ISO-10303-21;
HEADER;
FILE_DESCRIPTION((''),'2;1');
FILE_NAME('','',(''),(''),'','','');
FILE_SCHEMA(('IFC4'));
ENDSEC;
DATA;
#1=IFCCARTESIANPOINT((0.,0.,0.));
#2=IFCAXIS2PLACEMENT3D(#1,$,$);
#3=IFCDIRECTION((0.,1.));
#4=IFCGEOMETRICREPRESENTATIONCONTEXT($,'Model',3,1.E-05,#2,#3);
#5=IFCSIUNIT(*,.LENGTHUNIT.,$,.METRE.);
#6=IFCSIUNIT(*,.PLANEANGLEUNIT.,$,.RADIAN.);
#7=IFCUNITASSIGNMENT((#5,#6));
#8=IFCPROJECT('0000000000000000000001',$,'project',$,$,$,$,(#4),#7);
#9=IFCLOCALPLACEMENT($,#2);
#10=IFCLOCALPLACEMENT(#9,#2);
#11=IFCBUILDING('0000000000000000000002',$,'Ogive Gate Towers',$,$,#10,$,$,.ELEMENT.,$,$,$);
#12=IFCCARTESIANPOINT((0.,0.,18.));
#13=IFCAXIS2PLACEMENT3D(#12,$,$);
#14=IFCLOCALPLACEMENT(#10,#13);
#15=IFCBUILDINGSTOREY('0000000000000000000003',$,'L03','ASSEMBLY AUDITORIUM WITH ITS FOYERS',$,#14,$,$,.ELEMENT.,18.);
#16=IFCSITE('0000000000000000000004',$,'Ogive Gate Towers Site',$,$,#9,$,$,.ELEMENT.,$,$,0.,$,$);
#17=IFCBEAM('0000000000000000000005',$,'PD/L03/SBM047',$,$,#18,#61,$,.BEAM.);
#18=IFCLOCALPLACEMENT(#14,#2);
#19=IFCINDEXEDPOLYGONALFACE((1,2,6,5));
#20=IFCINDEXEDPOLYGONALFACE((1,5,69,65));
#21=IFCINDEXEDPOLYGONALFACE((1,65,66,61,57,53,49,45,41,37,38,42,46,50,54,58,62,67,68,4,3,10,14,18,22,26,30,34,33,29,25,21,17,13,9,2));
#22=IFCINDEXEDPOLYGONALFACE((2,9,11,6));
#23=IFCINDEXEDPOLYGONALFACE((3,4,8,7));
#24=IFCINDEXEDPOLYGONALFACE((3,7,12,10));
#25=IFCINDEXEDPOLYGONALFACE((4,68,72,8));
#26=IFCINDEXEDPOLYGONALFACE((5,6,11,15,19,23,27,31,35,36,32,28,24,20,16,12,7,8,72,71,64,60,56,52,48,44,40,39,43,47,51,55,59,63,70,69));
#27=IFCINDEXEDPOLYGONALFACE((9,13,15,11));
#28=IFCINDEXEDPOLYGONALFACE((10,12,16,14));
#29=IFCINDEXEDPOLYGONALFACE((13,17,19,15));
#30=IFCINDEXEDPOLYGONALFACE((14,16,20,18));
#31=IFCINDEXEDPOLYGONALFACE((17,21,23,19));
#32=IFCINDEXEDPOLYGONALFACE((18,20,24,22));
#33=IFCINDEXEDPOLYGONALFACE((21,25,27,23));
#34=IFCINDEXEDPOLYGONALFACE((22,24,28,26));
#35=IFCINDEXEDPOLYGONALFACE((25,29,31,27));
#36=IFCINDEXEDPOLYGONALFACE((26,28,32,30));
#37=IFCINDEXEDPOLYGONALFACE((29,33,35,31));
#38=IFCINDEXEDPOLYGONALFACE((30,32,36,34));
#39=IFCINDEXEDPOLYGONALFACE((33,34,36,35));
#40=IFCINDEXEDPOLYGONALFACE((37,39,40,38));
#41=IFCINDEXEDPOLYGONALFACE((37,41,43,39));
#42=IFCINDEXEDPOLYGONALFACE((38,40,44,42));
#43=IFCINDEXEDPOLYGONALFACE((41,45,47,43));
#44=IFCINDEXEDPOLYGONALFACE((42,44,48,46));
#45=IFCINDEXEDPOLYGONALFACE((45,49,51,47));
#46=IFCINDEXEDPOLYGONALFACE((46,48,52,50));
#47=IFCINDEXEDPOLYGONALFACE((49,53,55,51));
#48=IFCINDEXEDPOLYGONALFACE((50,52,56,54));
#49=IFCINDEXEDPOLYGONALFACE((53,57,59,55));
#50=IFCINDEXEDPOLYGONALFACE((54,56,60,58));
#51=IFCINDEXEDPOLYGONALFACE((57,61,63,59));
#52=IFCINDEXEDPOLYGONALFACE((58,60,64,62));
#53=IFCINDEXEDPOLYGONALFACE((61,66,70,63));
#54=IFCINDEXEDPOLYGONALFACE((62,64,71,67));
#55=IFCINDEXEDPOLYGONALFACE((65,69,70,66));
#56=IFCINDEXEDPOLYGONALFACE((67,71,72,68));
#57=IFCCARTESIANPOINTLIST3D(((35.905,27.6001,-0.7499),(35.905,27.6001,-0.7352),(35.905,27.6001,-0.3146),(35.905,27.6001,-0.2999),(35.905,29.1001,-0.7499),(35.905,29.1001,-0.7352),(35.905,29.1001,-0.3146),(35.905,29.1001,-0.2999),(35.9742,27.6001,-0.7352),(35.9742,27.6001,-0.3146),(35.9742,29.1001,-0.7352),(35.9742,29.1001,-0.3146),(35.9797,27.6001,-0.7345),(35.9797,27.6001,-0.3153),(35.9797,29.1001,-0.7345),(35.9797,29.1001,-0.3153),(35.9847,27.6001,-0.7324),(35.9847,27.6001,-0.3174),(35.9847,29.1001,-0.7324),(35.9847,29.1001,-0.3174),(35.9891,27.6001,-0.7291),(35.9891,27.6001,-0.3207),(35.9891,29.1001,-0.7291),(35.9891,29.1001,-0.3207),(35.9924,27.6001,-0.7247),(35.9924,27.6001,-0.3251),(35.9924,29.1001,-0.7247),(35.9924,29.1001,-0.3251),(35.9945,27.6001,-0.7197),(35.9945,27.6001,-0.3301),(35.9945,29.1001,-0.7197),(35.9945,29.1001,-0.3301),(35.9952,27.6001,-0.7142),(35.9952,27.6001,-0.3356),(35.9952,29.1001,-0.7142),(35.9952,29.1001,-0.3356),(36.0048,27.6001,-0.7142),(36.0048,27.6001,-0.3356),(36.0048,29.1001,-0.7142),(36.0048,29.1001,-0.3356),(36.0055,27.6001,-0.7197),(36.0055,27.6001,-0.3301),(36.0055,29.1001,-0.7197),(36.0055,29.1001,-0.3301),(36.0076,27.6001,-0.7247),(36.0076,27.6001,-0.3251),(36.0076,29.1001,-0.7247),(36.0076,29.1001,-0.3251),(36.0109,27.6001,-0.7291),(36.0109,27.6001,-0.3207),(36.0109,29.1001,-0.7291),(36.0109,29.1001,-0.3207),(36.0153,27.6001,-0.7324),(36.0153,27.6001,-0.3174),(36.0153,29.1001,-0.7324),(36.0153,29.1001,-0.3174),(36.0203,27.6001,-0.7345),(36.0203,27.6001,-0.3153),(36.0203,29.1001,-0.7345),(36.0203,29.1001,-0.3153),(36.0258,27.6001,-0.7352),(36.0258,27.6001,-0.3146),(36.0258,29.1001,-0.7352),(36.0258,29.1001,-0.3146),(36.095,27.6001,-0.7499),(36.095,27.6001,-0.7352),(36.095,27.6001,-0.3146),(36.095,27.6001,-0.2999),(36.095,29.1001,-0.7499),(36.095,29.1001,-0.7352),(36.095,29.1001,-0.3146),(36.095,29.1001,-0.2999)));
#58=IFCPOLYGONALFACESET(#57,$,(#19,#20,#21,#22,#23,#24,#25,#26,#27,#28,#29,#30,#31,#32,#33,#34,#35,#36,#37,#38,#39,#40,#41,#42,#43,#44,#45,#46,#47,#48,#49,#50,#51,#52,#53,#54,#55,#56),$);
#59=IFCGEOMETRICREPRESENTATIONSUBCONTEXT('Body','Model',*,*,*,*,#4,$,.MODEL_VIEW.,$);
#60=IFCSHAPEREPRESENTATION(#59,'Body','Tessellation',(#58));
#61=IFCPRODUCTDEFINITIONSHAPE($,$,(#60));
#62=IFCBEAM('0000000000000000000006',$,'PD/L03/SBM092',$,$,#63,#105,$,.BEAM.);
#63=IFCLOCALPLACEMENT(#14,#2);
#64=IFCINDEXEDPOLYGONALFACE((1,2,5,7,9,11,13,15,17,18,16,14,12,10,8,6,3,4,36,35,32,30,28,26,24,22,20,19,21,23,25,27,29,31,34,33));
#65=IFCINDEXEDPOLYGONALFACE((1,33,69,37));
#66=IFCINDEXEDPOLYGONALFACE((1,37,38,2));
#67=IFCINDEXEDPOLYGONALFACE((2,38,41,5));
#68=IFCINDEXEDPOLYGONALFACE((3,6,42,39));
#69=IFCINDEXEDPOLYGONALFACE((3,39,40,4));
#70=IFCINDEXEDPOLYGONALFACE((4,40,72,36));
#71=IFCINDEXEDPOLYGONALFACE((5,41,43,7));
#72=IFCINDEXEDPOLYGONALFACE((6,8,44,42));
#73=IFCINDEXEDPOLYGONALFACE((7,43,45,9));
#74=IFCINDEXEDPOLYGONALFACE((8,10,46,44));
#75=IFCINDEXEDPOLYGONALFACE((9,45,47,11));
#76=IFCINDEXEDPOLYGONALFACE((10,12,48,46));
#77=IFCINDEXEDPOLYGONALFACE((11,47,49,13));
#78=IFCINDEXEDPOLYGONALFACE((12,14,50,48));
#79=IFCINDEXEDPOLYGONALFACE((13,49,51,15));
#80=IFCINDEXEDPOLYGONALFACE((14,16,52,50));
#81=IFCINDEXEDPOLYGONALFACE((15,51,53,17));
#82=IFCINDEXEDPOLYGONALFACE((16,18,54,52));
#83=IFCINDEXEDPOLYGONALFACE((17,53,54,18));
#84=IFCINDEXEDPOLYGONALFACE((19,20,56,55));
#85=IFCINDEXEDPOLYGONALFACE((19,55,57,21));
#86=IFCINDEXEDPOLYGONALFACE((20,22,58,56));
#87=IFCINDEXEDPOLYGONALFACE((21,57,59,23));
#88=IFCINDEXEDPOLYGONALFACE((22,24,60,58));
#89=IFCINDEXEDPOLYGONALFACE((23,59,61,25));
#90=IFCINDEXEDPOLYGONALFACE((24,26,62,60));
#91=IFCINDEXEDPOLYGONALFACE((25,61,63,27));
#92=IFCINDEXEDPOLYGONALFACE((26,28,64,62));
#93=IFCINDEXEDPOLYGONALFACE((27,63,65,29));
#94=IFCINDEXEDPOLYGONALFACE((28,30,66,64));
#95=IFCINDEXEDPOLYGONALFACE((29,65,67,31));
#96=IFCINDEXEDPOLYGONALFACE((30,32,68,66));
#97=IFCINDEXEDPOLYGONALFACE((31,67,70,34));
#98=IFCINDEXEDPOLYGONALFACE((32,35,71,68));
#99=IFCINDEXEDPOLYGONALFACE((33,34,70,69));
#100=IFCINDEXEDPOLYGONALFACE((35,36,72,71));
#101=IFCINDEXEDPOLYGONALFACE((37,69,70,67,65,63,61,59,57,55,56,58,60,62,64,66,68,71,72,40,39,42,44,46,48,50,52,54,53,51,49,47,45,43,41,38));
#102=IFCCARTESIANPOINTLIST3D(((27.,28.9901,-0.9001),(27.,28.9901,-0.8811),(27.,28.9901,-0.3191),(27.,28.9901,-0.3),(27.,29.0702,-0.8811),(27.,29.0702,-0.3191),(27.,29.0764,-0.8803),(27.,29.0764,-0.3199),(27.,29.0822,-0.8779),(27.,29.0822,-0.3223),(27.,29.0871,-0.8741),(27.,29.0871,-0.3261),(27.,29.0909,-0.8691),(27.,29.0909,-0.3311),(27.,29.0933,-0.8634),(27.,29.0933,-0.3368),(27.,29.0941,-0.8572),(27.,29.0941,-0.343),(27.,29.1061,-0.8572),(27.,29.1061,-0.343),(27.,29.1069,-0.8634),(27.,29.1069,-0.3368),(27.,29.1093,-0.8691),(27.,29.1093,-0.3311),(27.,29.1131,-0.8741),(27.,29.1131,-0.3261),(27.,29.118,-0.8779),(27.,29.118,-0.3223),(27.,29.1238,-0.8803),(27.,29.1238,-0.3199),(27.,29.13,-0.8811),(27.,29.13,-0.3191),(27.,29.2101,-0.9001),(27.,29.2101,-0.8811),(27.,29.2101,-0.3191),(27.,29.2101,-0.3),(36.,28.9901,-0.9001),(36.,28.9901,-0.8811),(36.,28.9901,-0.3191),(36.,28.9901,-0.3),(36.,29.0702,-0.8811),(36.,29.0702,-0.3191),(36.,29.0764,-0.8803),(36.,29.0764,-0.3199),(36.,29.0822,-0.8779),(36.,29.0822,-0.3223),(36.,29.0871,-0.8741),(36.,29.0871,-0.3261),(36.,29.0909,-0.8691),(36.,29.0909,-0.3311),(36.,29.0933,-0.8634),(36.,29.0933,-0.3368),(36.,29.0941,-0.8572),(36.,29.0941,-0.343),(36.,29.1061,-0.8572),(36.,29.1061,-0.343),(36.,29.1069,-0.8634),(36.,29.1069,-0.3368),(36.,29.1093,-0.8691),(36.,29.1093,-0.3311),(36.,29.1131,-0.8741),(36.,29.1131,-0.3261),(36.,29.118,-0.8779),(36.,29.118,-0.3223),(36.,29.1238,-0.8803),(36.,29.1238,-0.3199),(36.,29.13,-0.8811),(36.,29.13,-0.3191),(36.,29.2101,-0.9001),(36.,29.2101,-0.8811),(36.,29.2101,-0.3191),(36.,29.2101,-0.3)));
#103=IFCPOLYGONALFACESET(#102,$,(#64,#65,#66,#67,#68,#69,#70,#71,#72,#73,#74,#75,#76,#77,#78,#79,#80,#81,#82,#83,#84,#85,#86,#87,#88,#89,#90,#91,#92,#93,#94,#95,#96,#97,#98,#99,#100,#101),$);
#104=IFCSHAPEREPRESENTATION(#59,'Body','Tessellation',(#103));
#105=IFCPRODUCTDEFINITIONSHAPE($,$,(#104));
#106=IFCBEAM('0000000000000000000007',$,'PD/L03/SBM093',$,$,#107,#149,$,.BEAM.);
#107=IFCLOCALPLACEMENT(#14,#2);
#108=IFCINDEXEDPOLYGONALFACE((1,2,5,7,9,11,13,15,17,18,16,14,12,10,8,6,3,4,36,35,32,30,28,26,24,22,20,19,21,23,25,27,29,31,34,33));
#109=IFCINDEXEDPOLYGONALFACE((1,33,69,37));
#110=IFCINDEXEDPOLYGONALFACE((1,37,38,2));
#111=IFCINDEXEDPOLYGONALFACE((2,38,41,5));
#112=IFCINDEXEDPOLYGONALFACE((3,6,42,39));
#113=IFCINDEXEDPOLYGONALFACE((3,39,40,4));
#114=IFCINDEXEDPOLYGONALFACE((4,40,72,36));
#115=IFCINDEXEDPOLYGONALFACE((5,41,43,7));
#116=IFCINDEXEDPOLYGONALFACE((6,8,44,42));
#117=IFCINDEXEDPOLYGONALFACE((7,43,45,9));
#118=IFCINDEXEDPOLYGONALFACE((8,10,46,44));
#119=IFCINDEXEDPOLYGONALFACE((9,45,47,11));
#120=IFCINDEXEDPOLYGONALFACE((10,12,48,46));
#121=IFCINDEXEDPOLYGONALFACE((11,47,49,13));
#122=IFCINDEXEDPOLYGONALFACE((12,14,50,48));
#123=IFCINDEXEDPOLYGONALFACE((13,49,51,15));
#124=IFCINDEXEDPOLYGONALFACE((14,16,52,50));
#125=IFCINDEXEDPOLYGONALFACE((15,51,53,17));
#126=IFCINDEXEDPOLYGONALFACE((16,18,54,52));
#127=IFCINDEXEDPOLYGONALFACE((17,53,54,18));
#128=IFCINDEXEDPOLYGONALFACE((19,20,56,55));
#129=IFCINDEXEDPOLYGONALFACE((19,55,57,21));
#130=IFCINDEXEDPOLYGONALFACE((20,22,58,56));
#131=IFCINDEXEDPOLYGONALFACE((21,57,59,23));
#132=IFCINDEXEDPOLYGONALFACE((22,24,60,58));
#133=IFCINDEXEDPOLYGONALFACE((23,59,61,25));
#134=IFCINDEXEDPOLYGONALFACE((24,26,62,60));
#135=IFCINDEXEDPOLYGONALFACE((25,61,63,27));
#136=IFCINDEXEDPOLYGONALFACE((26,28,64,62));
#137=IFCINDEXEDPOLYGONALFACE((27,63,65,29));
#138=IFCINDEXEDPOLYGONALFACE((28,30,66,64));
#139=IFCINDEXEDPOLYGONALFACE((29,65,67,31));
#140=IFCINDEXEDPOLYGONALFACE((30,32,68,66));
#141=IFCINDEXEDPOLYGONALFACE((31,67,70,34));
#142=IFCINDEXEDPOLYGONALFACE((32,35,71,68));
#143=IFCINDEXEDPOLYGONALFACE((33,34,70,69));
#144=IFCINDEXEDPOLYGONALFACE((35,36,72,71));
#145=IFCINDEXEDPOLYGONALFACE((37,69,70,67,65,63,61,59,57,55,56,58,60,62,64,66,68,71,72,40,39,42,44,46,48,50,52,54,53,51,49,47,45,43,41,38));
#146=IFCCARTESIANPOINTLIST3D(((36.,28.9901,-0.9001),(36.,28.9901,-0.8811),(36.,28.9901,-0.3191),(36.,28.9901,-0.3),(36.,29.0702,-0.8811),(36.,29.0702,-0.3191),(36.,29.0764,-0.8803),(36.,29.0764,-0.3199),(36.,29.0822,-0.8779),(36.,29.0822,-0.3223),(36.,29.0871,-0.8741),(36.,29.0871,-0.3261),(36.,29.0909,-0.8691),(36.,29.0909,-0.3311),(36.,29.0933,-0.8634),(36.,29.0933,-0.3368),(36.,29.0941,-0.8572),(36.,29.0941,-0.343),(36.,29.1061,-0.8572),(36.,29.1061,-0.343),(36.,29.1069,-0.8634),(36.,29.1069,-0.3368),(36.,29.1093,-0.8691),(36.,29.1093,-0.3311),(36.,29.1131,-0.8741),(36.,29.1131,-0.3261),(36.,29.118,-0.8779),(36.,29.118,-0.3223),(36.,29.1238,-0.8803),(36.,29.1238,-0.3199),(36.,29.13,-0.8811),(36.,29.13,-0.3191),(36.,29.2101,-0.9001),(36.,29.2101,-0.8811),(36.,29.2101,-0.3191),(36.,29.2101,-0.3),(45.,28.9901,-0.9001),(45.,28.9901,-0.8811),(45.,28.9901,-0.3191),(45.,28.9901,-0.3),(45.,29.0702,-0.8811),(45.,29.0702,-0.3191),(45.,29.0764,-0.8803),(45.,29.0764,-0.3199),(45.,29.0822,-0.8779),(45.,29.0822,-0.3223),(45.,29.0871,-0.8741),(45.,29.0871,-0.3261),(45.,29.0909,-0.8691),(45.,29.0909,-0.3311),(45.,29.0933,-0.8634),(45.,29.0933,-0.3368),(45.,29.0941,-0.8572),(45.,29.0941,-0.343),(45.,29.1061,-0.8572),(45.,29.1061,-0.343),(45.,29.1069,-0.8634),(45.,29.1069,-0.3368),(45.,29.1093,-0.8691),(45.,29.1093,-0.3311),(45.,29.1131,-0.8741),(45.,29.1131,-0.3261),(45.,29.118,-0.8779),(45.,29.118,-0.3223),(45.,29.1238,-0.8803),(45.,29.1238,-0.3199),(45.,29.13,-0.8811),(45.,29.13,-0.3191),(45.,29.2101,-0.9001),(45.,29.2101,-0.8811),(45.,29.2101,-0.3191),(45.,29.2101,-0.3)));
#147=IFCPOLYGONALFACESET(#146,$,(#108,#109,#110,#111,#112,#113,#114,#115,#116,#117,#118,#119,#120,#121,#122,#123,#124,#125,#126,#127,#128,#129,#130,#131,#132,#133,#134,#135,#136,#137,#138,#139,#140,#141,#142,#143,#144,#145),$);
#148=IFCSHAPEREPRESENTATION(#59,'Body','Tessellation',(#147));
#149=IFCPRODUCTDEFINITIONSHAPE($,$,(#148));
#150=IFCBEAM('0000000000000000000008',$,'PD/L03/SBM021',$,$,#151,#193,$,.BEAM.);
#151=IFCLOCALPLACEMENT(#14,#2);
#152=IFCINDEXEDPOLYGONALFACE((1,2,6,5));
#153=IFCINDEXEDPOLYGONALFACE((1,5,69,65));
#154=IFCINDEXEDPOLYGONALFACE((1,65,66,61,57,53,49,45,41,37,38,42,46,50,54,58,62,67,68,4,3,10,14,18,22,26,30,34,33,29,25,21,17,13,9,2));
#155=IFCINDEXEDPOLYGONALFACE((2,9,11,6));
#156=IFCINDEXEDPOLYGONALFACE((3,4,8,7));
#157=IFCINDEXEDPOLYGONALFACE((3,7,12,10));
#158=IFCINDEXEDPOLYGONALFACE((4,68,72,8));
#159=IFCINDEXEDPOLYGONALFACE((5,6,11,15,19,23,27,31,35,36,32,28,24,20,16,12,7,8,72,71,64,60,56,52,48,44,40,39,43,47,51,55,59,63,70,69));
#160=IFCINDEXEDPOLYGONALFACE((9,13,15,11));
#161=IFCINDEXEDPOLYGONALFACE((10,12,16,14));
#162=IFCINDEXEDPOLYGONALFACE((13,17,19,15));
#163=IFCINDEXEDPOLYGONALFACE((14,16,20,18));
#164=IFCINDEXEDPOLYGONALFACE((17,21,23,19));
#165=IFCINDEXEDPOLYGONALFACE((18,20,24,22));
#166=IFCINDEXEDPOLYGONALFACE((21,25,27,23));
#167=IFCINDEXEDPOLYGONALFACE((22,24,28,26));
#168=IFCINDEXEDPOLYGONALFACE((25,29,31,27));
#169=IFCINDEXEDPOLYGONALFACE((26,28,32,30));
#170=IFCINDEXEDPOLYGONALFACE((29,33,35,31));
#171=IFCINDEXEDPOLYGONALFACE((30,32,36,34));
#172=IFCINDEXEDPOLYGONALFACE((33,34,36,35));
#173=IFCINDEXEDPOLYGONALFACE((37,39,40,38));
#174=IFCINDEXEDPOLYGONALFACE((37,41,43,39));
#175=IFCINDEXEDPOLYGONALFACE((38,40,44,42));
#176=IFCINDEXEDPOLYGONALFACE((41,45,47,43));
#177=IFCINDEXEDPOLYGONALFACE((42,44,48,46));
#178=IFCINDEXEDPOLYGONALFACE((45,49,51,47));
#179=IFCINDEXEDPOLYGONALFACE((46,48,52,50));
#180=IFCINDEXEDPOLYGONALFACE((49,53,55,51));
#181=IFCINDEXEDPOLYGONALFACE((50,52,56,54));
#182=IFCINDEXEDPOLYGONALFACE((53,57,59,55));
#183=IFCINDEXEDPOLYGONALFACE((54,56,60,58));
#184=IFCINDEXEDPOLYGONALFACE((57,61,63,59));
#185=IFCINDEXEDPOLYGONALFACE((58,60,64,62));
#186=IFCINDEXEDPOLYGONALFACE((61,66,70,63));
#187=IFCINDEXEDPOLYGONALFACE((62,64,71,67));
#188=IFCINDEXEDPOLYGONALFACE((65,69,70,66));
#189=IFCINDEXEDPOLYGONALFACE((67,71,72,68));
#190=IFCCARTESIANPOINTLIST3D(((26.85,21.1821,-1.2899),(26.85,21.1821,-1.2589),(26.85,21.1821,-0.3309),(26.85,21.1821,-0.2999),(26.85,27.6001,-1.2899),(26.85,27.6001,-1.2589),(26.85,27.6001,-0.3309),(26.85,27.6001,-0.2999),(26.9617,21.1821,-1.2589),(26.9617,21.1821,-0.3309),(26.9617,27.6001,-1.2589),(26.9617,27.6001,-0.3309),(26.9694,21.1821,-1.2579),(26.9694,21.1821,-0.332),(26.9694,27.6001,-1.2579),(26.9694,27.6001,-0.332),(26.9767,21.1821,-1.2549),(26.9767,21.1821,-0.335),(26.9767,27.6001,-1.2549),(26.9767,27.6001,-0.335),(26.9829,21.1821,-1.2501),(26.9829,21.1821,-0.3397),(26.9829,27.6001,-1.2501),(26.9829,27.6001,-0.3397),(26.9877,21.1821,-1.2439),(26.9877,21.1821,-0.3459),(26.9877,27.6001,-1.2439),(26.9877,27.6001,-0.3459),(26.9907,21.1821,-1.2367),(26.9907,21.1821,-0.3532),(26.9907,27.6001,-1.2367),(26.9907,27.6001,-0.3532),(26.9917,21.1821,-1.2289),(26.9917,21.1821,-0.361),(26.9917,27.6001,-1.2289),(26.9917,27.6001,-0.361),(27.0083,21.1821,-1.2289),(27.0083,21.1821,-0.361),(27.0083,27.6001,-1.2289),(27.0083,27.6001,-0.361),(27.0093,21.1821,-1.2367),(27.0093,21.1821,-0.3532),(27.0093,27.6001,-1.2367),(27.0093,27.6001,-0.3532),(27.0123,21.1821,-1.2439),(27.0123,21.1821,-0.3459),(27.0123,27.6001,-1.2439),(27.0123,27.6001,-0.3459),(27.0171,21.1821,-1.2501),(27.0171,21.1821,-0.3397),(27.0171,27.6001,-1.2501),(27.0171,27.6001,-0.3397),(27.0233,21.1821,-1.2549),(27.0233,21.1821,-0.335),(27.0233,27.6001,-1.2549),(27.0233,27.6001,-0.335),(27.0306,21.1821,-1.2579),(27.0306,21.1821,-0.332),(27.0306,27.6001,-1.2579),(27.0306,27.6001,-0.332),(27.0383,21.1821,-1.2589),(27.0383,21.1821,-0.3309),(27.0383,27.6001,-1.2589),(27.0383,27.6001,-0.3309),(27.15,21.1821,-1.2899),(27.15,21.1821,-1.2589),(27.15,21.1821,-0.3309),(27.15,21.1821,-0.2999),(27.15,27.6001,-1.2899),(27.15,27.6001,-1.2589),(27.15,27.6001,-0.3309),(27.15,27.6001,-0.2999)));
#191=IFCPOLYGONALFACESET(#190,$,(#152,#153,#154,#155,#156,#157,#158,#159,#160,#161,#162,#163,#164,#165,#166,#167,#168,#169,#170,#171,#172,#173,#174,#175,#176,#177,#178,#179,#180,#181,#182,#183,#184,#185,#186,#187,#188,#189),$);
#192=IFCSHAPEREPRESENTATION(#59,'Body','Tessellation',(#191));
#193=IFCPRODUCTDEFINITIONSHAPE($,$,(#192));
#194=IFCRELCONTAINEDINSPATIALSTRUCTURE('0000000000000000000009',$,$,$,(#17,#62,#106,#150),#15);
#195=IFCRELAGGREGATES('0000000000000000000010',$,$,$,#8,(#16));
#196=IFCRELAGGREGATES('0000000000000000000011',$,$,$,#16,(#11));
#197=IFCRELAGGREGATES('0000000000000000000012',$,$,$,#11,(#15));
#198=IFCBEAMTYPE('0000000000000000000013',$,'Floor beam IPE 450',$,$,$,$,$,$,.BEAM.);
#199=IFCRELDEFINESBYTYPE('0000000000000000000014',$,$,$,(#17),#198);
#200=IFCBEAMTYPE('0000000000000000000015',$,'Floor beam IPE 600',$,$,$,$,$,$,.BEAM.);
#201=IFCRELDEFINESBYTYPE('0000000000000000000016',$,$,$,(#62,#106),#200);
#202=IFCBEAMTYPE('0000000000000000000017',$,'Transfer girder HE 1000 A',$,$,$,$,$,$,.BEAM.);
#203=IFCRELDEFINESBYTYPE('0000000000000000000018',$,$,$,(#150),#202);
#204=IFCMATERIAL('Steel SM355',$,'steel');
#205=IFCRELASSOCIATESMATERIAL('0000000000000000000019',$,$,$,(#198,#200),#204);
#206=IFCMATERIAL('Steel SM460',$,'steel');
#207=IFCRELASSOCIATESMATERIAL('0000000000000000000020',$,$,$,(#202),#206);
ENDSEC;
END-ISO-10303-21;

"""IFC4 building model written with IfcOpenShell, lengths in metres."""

from ifc_helpers import new_model, si_unit, direction, frame, origin, origin_2d, place, context, subcontext, project, spatial, i_section, extrude, material, material_profile, profile_set, type_object, element, save


model = new_model("IFC4")

# Units and contexts
model_context = context("Model", 3, precision=1e-05, world=origin(), true_north=direction((0.0, 1.0)))
body_context = subcontext(model_context, "Body", "Model", "MODEL_VIEW")
ifc_project = project(units=[si_unit("LENGTHUNIT", "METRE"), si_unit("PLANEANGLEUNIT", "RADIAN")], contexts=[model_context])

# Site, building, storey
site_placement = place(None, origin())
site = spatial("IfcSite", under=ifc_project, at=site_placement, Name="Ogive Gate Towers Site", CompositionType="ELEMENT", RefElevation=0.0)
building_placement = place(site_placement, origin())
building = spatial("IfcBuilding", under=site, at=building_placement, Name="Ogive Gate Towers", CompositionType="ELEMENT")
storey_placement = place(building_placement, frame((0.0, 0.0, 18.0)))
storey = spatial("IfcBuildingStorey", under=building, at=storey_placement, Name="L03", Description="ASSEMBLY AUDITORIUM WITH ITS FOYERS", CompositionType="ELEMENT", Elevation=18.0)

# Beams
ifc_material_1 = material(Name="Steel SM460", Category="steel")
ifc_material_2 = material(Name="Steel SM355", Category="steel")
ifc_material_profile_1 = material_profile(ifc_material_2, i_section(OverallWidth=0.1899, OverallDepth=0.45, WebThickness=0.0095, FlangeThickness=0.0146, FilletRadius=0.021, at=origin_2d()), Name="IPE 450")
ifc_profile_set_1 = profile_set([ifc_material_profile_1], Name="Steel SM355")
beam_type_1 = type_object("IfcBeamType", Name="Floor beam IPE 450", PredefinedType="BEAM", material=ifc_profile_set_1)
beam_1_placement = place(storey_placement, frame((36.0, 27.6001, -0.5249), z_axis=(0.0, 1.0, 0.0), x_axis=(-1.0, 0.0, 0.0)))
element("IfcBeam", 1, at=beam_1_placement, inside=storey, type_object=beam_type_1, Name="PD/L03/SBM047", PredefinedType="BEAM", context=body_context, shape_type="SweptSolid", body=[
    extrude(i_section(OverallWidth=0.1899, OverallDepth=0.45, WebThickness=0.0095, FlangeThickness=0.0146, FilletRadius=0.021, at=origin_2d()), origin(), (0.0, 0.0, 1.0), 1.5),
])
ifc_material_profile_2 = material_profile(ifc_material_2, i_section(OverallWidth=0.22, OverallDepth=0.6001, WebThickness=0.012, FlangeThickness=0.019, FilletRadius=0.0239, at=origin_2d()), Name="IPE 600")
ifc_profile_set_2 = profile_set([ifc_material_profile_2], Name="Steel SM355")
beam_type_2 = type_object("IfcBeamType", Name="Floor beam IPE 600", PredefinedType="BEAM", material=ifc_profile_set_2)
for number, where, z_axis, x_axis, name in (
    (2, (27.0, 29.1001, -0.6001), (1.0, 0.0, 0.0), (0.0, 1.0, 0.0), "PD/L03/SBM092"),
    (3, (36.0, 29.1001, -0.6001), (1.0, 0.0, 0.0), (0.0, 1.0, 0.0), "PD/L03/SBM093"),
):
    element("IfcBeam", number, at=place(storey_placement, frame(where, z_axis=z_axis, x_axis=x_axis)), inside=storey, type_object=beam_type_2, Name=name, PredefinedType="BEAM", context=body_context, shape_type="SweptSolid", body=[
        extrude(i_section(OverallWidth=0.22, OverallDepth=0.6001, WebThickness=0.012, FlangeThickness=0.019, FilletRadius=0.0239, at=origin_2d()), origin(), (0.0, 0.0, 1.0), 9.0),
    ])
ifc_material_profile_3 = material_profile(ifc_material_1, i_section(OverallWidth=0.3, OverallDepth=0.99, WebThickness=0.0166, FlangeThickness=0.031, FilletRadius=0.03, at=origin_2d()), Name="HE 1000 A")
ifc_profile_set_3 = profile_set([ifc_material_profile_3], Name="Steel SM460")
beam_type_3 = type_object("IfcBeamType", Name="Transfer girder HE 1000 A", PredefinedType="BEAM", material=ifc_profile_set_3)
beam_2_placement = place(storey_placement, frame((27.0, 27.6001, -0.7949), z_axis=(0.0, -1.0, 0.0), x_axis=(1.0, 0.0, 0.0)))
element("IfcBeam", 4, at=beam_2_placement, inside=storey, type_object=beam_type_3, Name="PD/L03/SBM021", PredefinedType="BEAM", context=body_context, shape_type="SweptSolid", body=[
    extrude(i_section(OverallWidth=0.3, OverallDepth=0.99, WebThickness=0.0166, FlangeThickness=0.031, FilletRadius=0.03, at=origin_2d()), origin(), (0.0, 0.0, 1.0), 6.418),
])

save(model, "model.ifc")
